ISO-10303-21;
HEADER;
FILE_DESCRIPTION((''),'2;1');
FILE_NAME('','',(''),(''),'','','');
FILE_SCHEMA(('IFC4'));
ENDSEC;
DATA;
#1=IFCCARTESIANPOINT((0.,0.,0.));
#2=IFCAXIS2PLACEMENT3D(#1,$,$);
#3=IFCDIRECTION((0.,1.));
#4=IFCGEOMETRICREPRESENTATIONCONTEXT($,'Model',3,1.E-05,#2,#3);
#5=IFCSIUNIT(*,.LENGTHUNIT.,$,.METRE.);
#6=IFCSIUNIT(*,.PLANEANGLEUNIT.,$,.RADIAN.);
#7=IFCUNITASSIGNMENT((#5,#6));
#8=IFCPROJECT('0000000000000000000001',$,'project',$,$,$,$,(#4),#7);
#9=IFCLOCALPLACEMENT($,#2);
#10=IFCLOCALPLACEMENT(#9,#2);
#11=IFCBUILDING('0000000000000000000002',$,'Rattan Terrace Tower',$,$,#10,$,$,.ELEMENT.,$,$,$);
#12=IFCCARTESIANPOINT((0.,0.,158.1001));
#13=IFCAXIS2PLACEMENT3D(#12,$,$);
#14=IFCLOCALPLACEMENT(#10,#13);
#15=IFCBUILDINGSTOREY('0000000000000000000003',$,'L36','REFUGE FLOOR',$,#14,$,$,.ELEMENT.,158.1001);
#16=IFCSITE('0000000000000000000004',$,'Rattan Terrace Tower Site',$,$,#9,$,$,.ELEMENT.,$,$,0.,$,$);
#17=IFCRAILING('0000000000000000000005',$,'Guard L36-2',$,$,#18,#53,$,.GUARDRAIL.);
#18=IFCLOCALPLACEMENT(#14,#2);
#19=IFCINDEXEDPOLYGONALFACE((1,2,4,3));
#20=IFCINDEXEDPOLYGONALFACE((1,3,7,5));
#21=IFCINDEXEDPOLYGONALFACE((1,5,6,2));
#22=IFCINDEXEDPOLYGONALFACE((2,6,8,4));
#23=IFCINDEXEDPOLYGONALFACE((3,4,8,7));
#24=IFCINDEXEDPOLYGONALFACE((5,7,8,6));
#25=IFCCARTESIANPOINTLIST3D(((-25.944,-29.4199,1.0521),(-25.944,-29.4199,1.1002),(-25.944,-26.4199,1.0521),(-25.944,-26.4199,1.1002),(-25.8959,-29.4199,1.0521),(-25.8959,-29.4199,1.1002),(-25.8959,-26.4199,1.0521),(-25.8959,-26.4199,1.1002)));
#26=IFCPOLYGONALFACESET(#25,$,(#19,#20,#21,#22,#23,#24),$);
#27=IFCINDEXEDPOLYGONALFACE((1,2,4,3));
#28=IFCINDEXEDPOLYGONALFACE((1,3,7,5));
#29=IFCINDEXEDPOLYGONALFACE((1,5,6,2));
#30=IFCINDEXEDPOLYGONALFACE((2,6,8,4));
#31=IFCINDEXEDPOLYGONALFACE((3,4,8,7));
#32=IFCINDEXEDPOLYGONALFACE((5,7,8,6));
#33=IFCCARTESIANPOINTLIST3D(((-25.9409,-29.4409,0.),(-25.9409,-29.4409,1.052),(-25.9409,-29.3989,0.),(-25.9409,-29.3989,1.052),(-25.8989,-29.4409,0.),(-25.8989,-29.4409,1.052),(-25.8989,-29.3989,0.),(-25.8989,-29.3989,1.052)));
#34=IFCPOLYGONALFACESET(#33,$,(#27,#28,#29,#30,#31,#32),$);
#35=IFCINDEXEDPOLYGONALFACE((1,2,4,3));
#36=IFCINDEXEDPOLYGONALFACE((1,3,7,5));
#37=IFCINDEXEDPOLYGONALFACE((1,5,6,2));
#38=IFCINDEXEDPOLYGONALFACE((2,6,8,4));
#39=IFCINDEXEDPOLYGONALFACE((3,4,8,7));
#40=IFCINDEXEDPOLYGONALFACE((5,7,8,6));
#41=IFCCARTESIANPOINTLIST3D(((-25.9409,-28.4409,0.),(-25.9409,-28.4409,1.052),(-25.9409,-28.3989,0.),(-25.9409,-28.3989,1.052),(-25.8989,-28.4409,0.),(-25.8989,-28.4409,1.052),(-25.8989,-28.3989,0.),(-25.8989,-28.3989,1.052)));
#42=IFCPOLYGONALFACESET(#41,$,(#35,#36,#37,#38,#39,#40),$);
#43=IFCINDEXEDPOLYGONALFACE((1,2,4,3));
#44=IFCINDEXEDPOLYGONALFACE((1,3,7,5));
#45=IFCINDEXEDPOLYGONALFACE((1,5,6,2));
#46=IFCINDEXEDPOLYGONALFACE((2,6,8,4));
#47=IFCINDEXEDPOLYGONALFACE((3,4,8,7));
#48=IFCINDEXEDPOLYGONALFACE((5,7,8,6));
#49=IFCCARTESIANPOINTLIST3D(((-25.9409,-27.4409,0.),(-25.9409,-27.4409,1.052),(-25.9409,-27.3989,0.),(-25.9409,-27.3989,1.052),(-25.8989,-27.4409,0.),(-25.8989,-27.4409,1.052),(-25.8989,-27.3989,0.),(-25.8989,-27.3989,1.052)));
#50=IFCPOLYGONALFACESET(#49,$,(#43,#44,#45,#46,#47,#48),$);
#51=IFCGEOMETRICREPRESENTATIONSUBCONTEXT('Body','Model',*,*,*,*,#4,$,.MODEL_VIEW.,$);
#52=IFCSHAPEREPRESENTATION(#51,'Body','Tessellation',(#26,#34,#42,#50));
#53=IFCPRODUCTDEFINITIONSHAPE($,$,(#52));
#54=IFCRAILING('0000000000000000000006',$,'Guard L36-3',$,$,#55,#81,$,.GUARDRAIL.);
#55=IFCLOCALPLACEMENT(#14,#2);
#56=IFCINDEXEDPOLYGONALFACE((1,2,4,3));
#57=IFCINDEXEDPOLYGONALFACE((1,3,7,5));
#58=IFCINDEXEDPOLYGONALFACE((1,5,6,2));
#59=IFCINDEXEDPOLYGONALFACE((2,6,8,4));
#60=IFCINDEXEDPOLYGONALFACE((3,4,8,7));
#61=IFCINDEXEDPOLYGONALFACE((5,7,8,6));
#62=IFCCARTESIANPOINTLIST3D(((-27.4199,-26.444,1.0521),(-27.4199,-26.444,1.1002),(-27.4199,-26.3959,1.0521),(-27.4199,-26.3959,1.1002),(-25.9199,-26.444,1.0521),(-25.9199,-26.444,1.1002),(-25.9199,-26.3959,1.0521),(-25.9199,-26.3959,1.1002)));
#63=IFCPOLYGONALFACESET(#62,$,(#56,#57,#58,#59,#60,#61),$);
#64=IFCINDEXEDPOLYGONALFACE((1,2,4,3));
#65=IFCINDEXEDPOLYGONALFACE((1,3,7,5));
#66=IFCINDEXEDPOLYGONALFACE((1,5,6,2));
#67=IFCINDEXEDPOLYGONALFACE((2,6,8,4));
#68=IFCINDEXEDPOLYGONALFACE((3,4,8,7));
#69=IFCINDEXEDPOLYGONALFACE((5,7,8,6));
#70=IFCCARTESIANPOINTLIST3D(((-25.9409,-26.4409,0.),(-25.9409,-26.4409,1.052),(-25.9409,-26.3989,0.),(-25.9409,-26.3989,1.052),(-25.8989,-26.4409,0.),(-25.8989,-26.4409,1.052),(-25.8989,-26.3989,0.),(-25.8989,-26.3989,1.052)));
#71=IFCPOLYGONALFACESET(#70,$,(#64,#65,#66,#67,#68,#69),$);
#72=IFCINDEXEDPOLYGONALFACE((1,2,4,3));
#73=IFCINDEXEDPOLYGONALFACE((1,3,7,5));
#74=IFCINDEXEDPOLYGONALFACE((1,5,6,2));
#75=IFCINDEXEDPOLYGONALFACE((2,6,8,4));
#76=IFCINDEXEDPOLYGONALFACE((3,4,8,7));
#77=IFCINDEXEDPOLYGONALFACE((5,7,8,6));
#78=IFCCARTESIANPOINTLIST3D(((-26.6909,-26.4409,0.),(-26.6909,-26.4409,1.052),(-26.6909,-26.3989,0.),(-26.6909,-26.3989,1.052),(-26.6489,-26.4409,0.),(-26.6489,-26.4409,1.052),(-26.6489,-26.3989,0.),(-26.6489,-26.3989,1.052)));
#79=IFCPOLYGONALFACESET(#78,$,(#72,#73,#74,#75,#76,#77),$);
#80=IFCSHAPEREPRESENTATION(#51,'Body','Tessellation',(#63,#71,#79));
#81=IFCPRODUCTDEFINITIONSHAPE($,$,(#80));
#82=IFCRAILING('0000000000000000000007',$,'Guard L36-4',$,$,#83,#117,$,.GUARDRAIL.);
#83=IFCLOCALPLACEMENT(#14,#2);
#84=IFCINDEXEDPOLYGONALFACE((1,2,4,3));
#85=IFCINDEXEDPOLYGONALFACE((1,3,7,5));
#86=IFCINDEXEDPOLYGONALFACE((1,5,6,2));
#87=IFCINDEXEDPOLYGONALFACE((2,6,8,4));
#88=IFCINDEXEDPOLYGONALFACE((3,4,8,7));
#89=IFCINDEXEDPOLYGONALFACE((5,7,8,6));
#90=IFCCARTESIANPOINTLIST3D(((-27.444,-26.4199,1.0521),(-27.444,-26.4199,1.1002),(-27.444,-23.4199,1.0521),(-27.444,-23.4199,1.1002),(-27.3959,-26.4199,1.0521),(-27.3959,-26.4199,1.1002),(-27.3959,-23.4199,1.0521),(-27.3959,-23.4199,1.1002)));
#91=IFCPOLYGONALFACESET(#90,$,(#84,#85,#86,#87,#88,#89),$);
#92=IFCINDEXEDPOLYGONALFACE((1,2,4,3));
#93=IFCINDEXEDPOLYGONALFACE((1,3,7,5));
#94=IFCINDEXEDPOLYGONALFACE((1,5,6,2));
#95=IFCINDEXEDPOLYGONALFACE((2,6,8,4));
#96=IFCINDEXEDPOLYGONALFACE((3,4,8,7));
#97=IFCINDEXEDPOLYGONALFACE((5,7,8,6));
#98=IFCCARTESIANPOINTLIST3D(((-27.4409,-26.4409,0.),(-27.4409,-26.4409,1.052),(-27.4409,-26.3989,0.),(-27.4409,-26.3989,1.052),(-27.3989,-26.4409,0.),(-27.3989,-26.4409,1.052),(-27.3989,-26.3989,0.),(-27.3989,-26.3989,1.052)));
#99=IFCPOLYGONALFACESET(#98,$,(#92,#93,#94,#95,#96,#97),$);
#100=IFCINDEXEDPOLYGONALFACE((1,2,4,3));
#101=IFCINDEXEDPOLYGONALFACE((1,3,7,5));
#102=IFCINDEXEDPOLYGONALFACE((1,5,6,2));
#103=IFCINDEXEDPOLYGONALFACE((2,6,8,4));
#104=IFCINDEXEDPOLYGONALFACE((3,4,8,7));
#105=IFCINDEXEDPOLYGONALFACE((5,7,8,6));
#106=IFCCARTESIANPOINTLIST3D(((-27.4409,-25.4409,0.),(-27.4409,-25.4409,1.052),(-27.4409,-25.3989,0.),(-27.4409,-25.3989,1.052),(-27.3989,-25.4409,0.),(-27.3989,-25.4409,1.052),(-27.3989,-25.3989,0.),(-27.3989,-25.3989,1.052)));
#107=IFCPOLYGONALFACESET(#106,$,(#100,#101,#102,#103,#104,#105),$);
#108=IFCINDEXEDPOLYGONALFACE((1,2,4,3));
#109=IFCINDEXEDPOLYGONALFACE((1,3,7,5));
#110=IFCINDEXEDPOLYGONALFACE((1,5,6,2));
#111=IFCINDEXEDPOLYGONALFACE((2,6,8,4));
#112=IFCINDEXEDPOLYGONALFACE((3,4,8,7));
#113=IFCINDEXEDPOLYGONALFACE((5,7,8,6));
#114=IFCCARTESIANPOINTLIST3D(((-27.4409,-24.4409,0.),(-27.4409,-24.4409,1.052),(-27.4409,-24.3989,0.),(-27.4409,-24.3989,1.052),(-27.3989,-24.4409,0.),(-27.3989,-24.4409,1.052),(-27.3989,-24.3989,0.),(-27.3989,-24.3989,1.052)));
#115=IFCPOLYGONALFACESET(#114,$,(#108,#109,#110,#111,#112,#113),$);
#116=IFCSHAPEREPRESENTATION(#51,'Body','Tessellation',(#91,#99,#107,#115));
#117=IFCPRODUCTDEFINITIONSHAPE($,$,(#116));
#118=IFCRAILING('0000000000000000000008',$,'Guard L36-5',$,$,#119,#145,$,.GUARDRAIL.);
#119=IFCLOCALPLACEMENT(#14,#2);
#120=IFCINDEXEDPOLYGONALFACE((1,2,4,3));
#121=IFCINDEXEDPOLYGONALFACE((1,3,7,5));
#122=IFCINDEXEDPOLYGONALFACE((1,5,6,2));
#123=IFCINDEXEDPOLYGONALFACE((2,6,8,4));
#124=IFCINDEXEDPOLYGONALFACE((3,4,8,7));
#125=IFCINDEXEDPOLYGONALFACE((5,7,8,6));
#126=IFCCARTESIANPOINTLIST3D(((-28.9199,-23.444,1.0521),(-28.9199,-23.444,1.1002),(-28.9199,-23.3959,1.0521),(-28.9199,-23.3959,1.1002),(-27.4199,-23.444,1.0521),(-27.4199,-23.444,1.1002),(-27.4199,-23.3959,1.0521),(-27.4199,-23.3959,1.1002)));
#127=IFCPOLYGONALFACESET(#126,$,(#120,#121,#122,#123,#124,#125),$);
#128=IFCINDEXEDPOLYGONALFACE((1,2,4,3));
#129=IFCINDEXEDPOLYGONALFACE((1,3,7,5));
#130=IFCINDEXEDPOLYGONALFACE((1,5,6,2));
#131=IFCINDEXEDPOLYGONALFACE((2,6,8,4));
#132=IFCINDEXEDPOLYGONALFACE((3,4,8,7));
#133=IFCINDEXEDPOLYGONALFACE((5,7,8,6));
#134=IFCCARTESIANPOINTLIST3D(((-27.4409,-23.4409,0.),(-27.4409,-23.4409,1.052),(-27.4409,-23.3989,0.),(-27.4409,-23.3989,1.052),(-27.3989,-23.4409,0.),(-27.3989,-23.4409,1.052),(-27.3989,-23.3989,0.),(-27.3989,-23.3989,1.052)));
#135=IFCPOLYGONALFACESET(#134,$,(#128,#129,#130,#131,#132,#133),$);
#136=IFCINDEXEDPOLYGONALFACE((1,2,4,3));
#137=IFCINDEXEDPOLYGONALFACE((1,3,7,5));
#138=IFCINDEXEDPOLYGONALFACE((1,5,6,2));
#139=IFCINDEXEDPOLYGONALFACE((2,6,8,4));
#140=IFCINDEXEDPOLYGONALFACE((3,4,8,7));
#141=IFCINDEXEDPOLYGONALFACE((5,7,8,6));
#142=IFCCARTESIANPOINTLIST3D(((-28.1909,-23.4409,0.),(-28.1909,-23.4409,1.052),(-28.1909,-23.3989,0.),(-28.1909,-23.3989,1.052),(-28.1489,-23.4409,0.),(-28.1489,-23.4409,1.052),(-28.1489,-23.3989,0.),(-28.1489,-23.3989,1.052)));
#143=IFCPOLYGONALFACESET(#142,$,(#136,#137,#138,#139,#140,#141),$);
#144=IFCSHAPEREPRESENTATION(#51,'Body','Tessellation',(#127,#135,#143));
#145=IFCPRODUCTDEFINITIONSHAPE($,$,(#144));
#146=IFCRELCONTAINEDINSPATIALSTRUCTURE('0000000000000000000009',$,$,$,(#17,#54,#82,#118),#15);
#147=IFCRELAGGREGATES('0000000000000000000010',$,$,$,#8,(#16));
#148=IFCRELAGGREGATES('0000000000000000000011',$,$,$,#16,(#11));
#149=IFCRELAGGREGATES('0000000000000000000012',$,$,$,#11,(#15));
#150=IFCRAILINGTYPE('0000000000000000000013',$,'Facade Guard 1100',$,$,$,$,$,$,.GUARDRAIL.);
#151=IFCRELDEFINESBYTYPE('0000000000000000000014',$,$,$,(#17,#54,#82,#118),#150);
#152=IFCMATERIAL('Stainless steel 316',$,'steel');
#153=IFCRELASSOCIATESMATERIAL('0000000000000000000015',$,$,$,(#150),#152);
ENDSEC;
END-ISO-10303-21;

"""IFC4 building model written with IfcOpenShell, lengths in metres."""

from ifc_helpers import new_model, si_unit, direction, frame, origin, origin_2d, place, context, subcontext, project, spatial, rectangle, extrude, material, type_object, element, save


model = new_model("IFC4")

# Units and contexts
model_context = context("Model", 3, precision=1e-05, world=origin(), true_north=direction((0.0, 1.0)))
body_context = subcontext(model_context, "Body", "Model", "MODEL_VIEW")
ifc_project = project(units=[si_unit("LENGTHUNIT", "METRE"), si_unit("PLANEANGLEUNIT", "RADIAN")], contexts=[model_context])

# Site, building, storey
site_placement = place(None, origin())
site = spatial("IfcSite", under=ifc_project, at=site_placement, Name="Rattan Terrace Tower Site", CompositionType="ELEMENT", RefElevation=0.0)
building_placement = place(site_placement, origin())
building = spatial("IfcBuilding", under=site, at=building_placement, Name="Rattan Terrace Tower", CompositionType="ELEMENT")
storey_placement = place(building_placement, frame((0.0, 0.0, 158.1001)))
storey = spatial("IfcBuildingStorey", under=building, at=storey_placement, Name="L36", Description="REFUGE FLOOR", CompositionType="ELEMENT", Elevation=158.1001)

# Railings
ifc_material_1 = material(Name="Stainless steel 316", Category="steel")
railing_type = type_object("IfcRailingType", Name="Facade Guard 1100", PredefinedType="GUARDRAIL", material=ifc_material_1)
railing_1_placement = place(storey_placement, frame((-25.9199, -29.4199, 0.0)))
element("IfcRailing", 1, at=railing_1_placement, inside=storey, type_object=railing_type, Name="Guard L36-2", PredefinedType="GUARDRAIL", context=body_context, shape_type="SweptSolid", body=[
    extrude(rectangle(XDim=0.0481, YDim=0.0481, at=origin_2d()), frame((0.0, 0.0, 1.0762), z_axis=(0.0, 1.0, 0.0), x_axis=(-1.0, 0.0, 0.0)), (0.0, 0.0, 1.0), 3.0),
    extrude(rectangle(XDim=0.042, YDim=0.042, at=origin_2d()), origin(), (0.0, 0.0, 1.0), 1.052),
    extrude(rectangle(XDim=0.042, YDim=0.042, at=origin_2d()), frame((0.0, 1.0, 0.0)), (0.0, 0.0, 1.0), 1.052),
    extrude(rectangle(XDim=0.042, YDim=0.042, at=origin_2d()), frame((0.0, 2.0, 0.0)), (0.0, 0.0, 1.0), 1.052),
])
railing_2_placement = place(storey_placement, frame((-25.9199, -26.4199, 0.0)))
element("IfcRailing", 2, at=railing_2_placement, inside=storey, type_object=railing_type, Name="Guard L36-3", PredefinedType="GUARDRAIL", context=body_context, shape_type="SweptSolid", body=[
    extrude(rectangle(XDim=0.0481, YDim=0.0481, at=origin_2d()), frame((0.0, 0.0, 1.0762), z_axis=(-1.0, 0.0, 0.0), x_axis=(0.0, -1.0, 0.0)), (0.0, 0.0, 1.0), 1.5),
    extrude(rectangle(XDim=0.042, YDim=0.042, at=origin_2d()), origin(), (0.0, 0.0, 1.0), 1.052),
    extrude(rectangle(XDim=0.042, YDim=0.042, at=origin_2d()), frame((-0.75, 0.0, 0.0)), (0.0, 0.0, 1.0), 1.052),
])
railing_3_placement = place(storey_placement, frame((-27.4199, -26.4199, 0.0)))
element("IfcRailing", 3, at=railing_3_placement, inside=storey, type_object=railing_type, Name="Guard L36-4", PredefinedType="GUARDRAIL", context=body_context, shape_type="SweptSolid", body=[
    extrude(rectangle(XDim=0.0481, YDim=0.0481, at=origin_2d()), frame((0.0, 0.0, 1.0762), z_axis=(0.0, 1.0, 0.0), x_axis=(-1.0, 0.0, 0.0)), (0.0, 0.0, 1.0), 3.0),
    extrude(rectangle(XDim=0.042, YDim=0.042, at=origin_2d()), origin(), (0.0, 0.0, 1.0), 1.052),
    extrude(rectangle(XDim=0.042, YDim=0.042, at=origin_2d()), frame((0.0, 1.0, 0.0)), (0.0, 0.0, 1.0), 1.052),
    extrude(rectangle(XDim=0.042, YDim=0.042, at=origin_2d()), frame((0.0, 2.0, 0.0)), (0.0, 0.0, 1.0), 1.052),
])
railing_4_placement = place(storey_placement, frame((-27.4199, -23.4199, 0.0)))
element("IfcRailing", 4, at=railing_4_placement, inside=storey, type_object=railing_type, Name="Guard L36-5", PredefinedType="GUARDRAIL", context=body_context, shape_type="SweptSolid", body=[
    extrude(rectangle(XDim=0.0481, YDim=0.0481, at=origin_2d()), frame((0.0, 0.0, 1.0762), z_axis=(-1.0, 0.0, 0.0), x_axis=(0.0, -1.0, 0.0)), (0.0, 0.0, 1.0), 1.5),
    extrude(rectangle(XDim=0.042, YDim=0.042, at=origin_2d()), origin(), (0.0, 0.0, 1.0), 1.052),
    extrude(rectangle(XDim=0.042, YDim=0.042, at=origin_2d()), frame((-0.75, 0.0, 0.0)), (0.0, 0.0, 1.0), 1.052),
])

save(model, "model.ifc")
